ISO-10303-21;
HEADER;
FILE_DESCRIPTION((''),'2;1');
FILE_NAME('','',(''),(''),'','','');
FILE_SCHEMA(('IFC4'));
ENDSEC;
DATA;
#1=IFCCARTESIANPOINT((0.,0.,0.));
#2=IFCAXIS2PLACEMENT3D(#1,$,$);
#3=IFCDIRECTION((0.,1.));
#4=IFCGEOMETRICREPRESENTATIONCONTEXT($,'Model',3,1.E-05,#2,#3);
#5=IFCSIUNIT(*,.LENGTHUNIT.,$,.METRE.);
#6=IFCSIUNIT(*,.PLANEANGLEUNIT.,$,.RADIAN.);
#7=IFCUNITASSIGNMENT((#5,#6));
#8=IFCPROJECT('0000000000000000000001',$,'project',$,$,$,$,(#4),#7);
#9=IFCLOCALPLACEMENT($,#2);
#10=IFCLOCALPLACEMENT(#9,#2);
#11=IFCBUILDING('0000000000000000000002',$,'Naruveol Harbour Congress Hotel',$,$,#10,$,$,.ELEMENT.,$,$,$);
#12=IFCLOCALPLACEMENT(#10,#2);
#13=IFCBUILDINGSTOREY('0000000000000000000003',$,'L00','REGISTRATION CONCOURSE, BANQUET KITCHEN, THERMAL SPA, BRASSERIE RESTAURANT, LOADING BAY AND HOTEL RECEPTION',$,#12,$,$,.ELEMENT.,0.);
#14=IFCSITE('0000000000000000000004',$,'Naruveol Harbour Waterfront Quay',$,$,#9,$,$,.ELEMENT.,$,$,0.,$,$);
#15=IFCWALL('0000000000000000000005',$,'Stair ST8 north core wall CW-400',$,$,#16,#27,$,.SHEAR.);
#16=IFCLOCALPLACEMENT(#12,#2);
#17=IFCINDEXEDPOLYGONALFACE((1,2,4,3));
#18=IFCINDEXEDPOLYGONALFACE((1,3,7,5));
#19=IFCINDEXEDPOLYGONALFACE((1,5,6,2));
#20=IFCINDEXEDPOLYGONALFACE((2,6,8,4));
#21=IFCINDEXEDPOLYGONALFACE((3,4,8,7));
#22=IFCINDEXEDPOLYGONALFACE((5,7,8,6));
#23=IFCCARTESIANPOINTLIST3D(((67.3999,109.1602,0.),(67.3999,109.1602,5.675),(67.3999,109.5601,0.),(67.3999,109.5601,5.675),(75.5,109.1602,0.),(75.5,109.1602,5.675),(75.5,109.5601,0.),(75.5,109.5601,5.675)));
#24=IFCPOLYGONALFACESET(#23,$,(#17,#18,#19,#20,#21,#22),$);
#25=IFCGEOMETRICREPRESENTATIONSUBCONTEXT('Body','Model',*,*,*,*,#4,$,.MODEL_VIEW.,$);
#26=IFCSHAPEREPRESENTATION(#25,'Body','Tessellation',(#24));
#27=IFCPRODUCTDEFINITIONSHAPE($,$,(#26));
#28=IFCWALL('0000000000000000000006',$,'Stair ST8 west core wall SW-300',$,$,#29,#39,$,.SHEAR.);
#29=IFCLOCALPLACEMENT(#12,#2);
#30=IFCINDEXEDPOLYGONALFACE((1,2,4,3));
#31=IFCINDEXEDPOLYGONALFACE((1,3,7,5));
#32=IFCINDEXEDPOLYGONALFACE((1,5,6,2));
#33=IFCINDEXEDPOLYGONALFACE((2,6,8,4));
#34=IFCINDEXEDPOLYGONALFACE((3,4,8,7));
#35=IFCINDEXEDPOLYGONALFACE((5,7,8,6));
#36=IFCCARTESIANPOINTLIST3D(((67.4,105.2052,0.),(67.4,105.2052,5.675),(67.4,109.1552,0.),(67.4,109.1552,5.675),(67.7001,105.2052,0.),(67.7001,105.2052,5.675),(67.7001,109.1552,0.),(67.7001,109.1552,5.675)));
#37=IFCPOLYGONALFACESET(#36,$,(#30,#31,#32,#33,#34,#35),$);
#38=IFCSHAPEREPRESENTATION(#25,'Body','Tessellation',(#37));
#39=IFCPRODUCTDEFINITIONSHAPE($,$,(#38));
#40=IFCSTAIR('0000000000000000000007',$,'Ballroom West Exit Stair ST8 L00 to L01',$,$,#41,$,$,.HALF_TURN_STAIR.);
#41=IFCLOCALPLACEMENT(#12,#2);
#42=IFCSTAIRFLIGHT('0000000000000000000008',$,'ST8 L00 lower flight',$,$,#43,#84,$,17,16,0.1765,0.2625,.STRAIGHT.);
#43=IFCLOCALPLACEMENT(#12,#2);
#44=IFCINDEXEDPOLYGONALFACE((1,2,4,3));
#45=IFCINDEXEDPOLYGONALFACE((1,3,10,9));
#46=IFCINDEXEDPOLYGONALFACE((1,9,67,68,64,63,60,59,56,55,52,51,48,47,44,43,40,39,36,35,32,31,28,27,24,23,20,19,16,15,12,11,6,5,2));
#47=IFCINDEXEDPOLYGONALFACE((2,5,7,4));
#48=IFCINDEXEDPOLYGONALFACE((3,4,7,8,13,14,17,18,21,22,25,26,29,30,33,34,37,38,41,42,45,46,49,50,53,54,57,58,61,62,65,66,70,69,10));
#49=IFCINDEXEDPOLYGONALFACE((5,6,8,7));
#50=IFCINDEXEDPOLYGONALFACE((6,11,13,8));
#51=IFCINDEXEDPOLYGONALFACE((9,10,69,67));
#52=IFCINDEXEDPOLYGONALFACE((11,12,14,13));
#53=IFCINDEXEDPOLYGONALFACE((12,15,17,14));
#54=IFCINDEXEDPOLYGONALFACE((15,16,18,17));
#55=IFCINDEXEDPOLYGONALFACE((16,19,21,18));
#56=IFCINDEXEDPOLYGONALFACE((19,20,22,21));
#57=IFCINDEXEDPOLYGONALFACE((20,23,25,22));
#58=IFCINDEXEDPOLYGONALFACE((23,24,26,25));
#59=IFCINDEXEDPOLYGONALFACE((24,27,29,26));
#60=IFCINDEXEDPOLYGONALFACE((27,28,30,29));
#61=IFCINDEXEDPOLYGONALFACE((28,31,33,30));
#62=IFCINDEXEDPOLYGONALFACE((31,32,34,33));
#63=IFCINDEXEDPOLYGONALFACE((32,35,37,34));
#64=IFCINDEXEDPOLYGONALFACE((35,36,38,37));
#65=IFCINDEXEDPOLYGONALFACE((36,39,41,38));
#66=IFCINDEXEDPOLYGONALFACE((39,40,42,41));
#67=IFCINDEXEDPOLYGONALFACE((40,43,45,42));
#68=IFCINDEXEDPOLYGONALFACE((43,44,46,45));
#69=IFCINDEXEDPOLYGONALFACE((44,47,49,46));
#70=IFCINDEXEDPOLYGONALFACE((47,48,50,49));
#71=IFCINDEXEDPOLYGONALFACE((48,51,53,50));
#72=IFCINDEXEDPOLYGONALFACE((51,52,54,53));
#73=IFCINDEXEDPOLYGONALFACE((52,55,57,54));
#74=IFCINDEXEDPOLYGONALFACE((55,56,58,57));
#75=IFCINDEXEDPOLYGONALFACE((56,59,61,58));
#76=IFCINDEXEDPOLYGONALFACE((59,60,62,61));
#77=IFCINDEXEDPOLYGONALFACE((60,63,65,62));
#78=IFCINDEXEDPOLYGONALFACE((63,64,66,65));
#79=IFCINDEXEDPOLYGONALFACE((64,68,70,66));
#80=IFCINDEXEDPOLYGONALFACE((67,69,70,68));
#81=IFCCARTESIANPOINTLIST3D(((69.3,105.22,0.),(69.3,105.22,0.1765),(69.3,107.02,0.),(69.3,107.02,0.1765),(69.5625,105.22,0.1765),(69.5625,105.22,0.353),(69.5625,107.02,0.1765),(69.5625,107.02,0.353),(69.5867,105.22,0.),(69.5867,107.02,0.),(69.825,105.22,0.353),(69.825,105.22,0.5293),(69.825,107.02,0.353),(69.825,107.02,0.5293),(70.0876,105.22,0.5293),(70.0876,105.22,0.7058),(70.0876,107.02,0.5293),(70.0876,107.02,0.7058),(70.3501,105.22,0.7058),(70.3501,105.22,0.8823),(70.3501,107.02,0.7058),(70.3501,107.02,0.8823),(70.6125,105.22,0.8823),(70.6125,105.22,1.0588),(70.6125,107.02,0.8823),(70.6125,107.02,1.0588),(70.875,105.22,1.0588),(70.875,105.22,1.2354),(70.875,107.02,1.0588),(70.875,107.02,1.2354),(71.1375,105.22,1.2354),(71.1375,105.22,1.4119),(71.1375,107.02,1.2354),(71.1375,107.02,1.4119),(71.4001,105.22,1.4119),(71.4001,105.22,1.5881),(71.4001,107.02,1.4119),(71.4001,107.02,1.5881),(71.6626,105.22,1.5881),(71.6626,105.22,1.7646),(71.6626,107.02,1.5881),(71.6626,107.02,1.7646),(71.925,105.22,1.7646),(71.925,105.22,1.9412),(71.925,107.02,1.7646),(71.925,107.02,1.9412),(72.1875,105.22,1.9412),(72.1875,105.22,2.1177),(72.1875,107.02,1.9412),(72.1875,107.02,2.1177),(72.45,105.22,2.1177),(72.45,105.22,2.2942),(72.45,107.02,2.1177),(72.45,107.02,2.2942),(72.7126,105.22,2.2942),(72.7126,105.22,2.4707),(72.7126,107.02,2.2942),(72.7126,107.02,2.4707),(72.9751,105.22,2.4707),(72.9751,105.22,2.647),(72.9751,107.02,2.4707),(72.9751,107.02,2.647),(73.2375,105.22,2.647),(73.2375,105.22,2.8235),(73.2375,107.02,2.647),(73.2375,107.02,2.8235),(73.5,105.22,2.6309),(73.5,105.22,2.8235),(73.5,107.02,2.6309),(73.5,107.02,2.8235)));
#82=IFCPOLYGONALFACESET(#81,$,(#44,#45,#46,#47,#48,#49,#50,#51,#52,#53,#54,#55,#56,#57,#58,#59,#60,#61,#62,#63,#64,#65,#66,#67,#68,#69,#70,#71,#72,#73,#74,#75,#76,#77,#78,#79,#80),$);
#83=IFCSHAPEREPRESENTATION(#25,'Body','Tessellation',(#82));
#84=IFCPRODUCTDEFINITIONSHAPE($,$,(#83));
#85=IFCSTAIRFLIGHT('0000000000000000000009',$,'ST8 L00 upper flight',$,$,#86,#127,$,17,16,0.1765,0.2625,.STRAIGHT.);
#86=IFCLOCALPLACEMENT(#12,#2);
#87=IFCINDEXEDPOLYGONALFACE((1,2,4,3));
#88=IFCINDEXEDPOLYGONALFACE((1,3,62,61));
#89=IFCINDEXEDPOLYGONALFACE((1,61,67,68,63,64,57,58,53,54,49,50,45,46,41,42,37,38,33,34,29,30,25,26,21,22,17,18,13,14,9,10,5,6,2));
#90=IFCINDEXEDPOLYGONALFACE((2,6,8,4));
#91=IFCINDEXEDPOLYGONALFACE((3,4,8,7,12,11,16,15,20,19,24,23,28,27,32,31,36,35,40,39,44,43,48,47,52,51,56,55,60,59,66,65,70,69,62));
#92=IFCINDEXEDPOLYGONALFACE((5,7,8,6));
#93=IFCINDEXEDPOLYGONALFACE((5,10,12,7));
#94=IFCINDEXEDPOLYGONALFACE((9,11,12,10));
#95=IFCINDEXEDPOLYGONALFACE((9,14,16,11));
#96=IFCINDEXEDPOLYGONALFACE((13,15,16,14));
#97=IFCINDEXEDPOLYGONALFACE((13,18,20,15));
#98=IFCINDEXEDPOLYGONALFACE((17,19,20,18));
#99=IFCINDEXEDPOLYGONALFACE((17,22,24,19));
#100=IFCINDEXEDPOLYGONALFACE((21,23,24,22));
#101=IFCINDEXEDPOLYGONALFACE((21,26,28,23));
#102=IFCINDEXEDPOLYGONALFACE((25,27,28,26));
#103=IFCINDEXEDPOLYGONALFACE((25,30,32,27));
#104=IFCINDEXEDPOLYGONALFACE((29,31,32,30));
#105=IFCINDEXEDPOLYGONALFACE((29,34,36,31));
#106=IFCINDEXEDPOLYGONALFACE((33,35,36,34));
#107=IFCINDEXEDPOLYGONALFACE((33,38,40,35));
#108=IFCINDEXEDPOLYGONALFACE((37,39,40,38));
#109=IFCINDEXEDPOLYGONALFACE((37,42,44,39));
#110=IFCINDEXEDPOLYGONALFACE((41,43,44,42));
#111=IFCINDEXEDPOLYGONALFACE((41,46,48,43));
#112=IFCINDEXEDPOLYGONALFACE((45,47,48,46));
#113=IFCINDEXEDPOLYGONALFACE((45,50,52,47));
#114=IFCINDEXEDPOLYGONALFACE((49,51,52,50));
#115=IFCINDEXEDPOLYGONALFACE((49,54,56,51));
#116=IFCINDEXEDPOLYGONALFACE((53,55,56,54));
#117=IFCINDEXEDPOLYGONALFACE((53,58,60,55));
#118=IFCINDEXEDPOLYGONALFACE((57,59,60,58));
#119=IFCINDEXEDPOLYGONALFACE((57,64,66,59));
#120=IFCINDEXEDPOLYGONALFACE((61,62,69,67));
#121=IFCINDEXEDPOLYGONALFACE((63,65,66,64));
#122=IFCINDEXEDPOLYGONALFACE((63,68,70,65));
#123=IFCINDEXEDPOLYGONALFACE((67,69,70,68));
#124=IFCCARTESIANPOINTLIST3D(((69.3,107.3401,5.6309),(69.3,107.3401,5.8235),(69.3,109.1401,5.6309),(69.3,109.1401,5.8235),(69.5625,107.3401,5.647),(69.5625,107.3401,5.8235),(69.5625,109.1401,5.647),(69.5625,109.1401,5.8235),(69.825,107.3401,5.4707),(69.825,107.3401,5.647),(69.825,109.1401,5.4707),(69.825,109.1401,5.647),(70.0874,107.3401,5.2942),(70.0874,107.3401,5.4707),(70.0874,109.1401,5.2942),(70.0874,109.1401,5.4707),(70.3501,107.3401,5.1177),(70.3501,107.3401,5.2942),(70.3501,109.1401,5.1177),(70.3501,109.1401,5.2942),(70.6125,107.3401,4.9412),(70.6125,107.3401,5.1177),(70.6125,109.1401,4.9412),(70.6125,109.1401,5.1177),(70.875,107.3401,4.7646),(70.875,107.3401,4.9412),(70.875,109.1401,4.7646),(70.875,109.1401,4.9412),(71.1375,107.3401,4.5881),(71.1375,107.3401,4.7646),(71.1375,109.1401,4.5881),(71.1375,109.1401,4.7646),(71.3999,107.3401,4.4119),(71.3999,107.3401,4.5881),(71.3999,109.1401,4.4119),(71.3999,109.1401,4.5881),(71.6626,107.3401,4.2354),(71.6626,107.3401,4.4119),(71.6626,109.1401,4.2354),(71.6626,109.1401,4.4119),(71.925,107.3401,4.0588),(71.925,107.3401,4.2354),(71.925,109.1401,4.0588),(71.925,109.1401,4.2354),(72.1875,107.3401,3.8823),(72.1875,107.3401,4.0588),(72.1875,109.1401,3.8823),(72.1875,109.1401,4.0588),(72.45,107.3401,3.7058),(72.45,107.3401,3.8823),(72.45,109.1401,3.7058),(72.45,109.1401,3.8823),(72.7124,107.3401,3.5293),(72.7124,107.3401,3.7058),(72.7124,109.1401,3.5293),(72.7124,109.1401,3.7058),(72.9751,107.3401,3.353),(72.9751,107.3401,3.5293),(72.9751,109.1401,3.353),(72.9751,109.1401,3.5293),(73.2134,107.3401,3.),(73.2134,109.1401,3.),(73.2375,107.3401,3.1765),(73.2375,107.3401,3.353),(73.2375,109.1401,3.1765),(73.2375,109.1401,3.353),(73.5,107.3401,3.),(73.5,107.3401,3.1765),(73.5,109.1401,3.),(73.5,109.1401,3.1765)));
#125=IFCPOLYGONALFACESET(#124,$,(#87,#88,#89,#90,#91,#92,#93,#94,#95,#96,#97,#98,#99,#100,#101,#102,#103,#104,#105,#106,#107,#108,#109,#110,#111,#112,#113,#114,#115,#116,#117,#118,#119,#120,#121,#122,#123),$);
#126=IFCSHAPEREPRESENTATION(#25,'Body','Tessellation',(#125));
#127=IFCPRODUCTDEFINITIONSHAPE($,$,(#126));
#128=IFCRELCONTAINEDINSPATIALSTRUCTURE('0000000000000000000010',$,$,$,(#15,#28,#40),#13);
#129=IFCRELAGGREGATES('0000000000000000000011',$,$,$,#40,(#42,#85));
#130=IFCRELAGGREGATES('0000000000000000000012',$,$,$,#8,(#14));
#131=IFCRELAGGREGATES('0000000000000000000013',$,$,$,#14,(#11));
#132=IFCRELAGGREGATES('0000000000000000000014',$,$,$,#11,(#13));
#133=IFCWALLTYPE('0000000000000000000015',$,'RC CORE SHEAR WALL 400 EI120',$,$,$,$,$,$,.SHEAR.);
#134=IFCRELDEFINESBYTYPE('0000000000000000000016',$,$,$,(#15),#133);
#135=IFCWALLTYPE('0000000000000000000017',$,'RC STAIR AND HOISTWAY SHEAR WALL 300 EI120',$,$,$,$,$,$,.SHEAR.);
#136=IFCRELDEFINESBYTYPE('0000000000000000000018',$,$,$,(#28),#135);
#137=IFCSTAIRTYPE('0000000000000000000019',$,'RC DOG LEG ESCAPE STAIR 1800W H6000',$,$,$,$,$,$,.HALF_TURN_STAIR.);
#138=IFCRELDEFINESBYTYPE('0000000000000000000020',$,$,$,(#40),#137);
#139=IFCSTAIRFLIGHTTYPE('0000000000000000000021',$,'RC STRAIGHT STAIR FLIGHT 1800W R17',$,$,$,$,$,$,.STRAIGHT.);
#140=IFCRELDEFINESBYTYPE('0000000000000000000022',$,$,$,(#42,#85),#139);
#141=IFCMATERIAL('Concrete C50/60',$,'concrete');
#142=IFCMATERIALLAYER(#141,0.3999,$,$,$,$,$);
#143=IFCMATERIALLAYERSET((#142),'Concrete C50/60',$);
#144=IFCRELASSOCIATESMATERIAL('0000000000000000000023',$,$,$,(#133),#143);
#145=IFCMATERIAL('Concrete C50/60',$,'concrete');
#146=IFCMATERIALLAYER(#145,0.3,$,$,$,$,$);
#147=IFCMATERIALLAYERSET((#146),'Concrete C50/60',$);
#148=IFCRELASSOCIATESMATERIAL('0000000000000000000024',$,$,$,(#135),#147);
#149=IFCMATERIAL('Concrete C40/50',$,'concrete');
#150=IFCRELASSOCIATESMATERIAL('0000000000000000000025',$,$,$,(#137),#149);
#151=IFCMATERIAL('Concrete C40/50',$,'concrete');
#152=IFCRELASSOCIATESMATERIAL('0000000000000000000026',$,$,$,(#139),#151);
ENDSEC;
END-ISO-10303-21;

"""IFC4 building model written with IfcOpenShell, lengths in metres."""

from ifc_helpers import new_model, si_unit, direction, frame, frame_2d, origin, place, context, subcontext, project, spatial, polyline, rectangle, outline, extrude, material, layer, layer_set, type_object, element, aggregate, save


model = new_model("IFC4")

# Units and contexts
model_context = context("Model", 3, precision=1e-05, world=origin(), true_north=direction((0.0, 1.0)))
body_context = subcontext(model_context, "Body", "Model", "MODEL_VIEW")
ifc_project = project(units=[si_unit("LENGTHUNIT", "METRE"), si_unit("PLANEANGLEUNIT", "RADIAN")], contexts=[model_context])

# Site, building, storey
site_placement = place(None, origin())
site = spatial("IfcSite", under=ifc_project, at=site_placement, Name="Naruveol Harbour Waterfront Quay", CompositionType="ELEMENT", RefElevation=0.0)
building_placement = place(site_placement, origin())
building = spatial("IfcBuilding", under=site, at=building_placement, Name="Naruveol Harbour Congress Hotel", CompositionType="ELEMENT")
storey_placement = place(building_placement, origin())
storey = spatial("IfcBuildingStorey", under=building, at=storey_placement, Name="L00", Description="REGISTRATION CONCOURSE, BANQUET KITCHEN, THERMAL SPA, BRASSERIE RESTAURANT, LOADING BAY AND HOTEL RECEPTION", CompositionType="ELEMENT", Elevation=0.0)

# Shared definitions
ifc_material_1 = material(Name="Concrete C50/60", Category="concrete")
ifc_layer_1 = layer(ifc_material_1, 0.3999)
ifc_layer_set_1 = layer_set([ifc_layer_1], Name="Concrete C50/60")
wall_type_1 = type_object("IfcWallType", Name="RC CORE SHEAR WALL 400 EI120", PredefinedType="SHEAR", material=ifc_layer_set_1)

# Walls
wall_1_placement = place(storey_placement, frame((67.3999, 109.3601, 0.0), z_axis=(0.0, 0.0, 1.0), x_axis=(1.0, 0.0, 0.0)))
element("IfcWall", 1, at=wall_1_placement, inside=storey, type_object=wall_type_1, Name="Stair ST8 north core wall CW-400", PredefinedType="SHEAR", context=body_context, shape_type="SweptSolid", body=[
    extrude(rectangle(XDim=8.1001, YDim=0.3999, at=frame_2d((4.05, 0.0))), origin(), (0.0, 0.0, 1.0), 5.675),
])
ifc_material_2 = material(Name="Concrete C50/60", Category="concrete")
ifc_layer_2 = layer(ifc_material_2, 0.3)
ifc_layer_set_2 = layer_set([ifc_layer_2], Name="Concrete C50/60")
wall_type_2 = type_object("IfcWallType", Name="RC STAIR AND HOISTWAY SHEAR WALL 300 EI120", PredefinedType="SHEAR", material=ifc_layer_set_2)
wall_2_placement = place(storey_placement, frame((67.55, 105.2051, 0.0), z_axis=(0.0, 0.0, 1.0), x_axis=(0.0, 1.0, 0.0)))
element("IfcWall", 2, at=wall_2_placement, inside=storey, type_object=wall_type_2, Name="Stair ST8 west core wall SW-300", PredefinedType="SHEAR", context=body_context, shape_type="SweptSolid", body=[
    extrude(rectangle(XDim=3.95, YDim=0.3, at=frame_2d((1.9751, 0.0))), origin(), (0.0, 0.0, 1.0), 5.675),
])

# Stair, stair flights
ifc_material_3 = material(Name="Concrete C40/50", Category="concrete")
stair_type = type_object("IfcStairType", Name="RC DOG LEG ESCAPE STAIR 1800W H6000", PredefinedType="HALF_TURN_STAIR", material=ifc_material_3)
stair_placement = place(storey_placement, origin())
stair = element("IfcStair", 3, at=stair_placement, inside=storey, type_object=stair_type, Name="Ballroom West Exit Stair ST8 L00 to L01", PredefinedType="HALF_TURN_STAIR")
ifc_material_4 = material(Name="Concrete C40/50", Category="concrete")
stair_flight_type = type_object("IfcStairFlightType", Name="RC STRAIGHT STAIR FLIGHT 1800W R17", PredefinedType="STRAIGHT", material=ifc_material_4)
stair_flight_1_placement = place(storey_placement, frame((69.3, 106.1201, 0.0), z_axis=(0.0, 0.0, 1.0), x_axis=(1.0, 0.0, 0.0)))
stair_flight_1 = element("IfcStairFlight", 4, at=stair_flight_1_placement, type_object=stair_flight_type, Name="ST8 L00 lower flight", NumberOfRisers=17, NumberOfTreads=16, PredefinedType="STRAIGHT", RiserHeight=0.1765, TreadLength=0.2625, context=body_context, shape_type="SweptSolid", body=[
    extrude(outline(polyline([(0.0, 0.0), (0.0, 0.1765), (0.2625, 0.1765), (0.2625, 0.353), (0.5249, 0.353), (0.5249, 0.5293), (0.7876, 0.5293), (0.7876, 0.7058), (1.05, 0.7058), (1.05, 0.8823), (1.3125, 0.8823), (1.3125, 1.0588), (1.575, 1.0588), (1.575, 1.2354), (1.8374, 1.2354), (1.8374, 1.4119), (2.1001, 1.4119), (2.1001, 1.5881), (2.3625, 1.5881), (2.3625, 1.7646), (2.625, 1.7646), (2.625, 1.9412), (2.8875, 1.9412), (2.8875, 2.1177), (3.1499, 2.1177), (3.1499, 2.2942), (3.4126, 2.2942), (3.4126, 2.4707), (3.675, 2.4707), (3.675, 2.647), (3.9375, 2.647), (3.9375, 2.8235), (4.2, 2.8235), (4.2, 3.0), (4.2, 2.6309), (0.2866, 0.0), (0.0, 0.0)])), frame((0.0, 0.8999, 0.0), z_axis=(0.0, -1.0, 0.0), x_axis=(1.0, 0.0, 0.0)), (0.0, 0.0, 1.0), 1.8),
])
stair_flight_2_placement = place(storey_placement, frame((73.5, 108.24, 3.0), z_axis=(0.0, 0.0, 1.0), x_axis=(-1.0, 0.0, 0.0)))
stair_flight_2 = element("IfcStairFlight", 5, at=stair_flight_2_placement, type_object=stair_flight_type, Name="ST8 L00 upper flight", NumberOfRisers=17, NumberOfTreads=16, PredefinedType="STRAIGHT", RiserHeight=0.1765, TreadLength=0.2625, context=body_context, shape_type="SweptSolid", body=[
    extrude(outline(polyline([(0.0, 0.0), (0.0, 0.1765), (0.2625, 0.1765), (0.2625, 0.353), (0.5249, 0.353), (0.5249, 0.5293), (0.7876, 0.5293), (0.7876, 0.7058), (1.05, 0.7058), (1.05, 0.8823), (1.3125, 0.8823), (1.3125, 1.0588), (1.575, 1.0588), (1.575, 1.2354), (1.8374, 1.2354), (1.8374, 1.4119), (2.1001, 1.4119), (2.1001, 1.5881), (2.3625, 1.5881), (2.3625, 1.7646), (2.625, 1.7646), (2.625, 1.9412), (2.8875, 1.9412), (2.8875, 2.1177), (3.1499, 2.1177), (3.1499, 2.2942), (3.4126, 2.2942), (3.4126, 2.4707), (3.675, 2.4707), (3.675, 2.647), (3.9375, 2.647), (3.9375, 2.8235), (4.2, 2.8235), (4.2, 3.0), (4.2, 2.6309), (0.2866, 0.0), (0.0, 0.0)])), frame((0.0, 0.8999, 0.0), z_axis=(0.0, -1.0, 0.0), x_axis=(1.0, 0.0, 0.0)), (0.0, 0.0, 1.0), 1.8),
])
aggregate(stair, [stair_flight_1, stair_flight_2])

save(model, "model.ifc")
